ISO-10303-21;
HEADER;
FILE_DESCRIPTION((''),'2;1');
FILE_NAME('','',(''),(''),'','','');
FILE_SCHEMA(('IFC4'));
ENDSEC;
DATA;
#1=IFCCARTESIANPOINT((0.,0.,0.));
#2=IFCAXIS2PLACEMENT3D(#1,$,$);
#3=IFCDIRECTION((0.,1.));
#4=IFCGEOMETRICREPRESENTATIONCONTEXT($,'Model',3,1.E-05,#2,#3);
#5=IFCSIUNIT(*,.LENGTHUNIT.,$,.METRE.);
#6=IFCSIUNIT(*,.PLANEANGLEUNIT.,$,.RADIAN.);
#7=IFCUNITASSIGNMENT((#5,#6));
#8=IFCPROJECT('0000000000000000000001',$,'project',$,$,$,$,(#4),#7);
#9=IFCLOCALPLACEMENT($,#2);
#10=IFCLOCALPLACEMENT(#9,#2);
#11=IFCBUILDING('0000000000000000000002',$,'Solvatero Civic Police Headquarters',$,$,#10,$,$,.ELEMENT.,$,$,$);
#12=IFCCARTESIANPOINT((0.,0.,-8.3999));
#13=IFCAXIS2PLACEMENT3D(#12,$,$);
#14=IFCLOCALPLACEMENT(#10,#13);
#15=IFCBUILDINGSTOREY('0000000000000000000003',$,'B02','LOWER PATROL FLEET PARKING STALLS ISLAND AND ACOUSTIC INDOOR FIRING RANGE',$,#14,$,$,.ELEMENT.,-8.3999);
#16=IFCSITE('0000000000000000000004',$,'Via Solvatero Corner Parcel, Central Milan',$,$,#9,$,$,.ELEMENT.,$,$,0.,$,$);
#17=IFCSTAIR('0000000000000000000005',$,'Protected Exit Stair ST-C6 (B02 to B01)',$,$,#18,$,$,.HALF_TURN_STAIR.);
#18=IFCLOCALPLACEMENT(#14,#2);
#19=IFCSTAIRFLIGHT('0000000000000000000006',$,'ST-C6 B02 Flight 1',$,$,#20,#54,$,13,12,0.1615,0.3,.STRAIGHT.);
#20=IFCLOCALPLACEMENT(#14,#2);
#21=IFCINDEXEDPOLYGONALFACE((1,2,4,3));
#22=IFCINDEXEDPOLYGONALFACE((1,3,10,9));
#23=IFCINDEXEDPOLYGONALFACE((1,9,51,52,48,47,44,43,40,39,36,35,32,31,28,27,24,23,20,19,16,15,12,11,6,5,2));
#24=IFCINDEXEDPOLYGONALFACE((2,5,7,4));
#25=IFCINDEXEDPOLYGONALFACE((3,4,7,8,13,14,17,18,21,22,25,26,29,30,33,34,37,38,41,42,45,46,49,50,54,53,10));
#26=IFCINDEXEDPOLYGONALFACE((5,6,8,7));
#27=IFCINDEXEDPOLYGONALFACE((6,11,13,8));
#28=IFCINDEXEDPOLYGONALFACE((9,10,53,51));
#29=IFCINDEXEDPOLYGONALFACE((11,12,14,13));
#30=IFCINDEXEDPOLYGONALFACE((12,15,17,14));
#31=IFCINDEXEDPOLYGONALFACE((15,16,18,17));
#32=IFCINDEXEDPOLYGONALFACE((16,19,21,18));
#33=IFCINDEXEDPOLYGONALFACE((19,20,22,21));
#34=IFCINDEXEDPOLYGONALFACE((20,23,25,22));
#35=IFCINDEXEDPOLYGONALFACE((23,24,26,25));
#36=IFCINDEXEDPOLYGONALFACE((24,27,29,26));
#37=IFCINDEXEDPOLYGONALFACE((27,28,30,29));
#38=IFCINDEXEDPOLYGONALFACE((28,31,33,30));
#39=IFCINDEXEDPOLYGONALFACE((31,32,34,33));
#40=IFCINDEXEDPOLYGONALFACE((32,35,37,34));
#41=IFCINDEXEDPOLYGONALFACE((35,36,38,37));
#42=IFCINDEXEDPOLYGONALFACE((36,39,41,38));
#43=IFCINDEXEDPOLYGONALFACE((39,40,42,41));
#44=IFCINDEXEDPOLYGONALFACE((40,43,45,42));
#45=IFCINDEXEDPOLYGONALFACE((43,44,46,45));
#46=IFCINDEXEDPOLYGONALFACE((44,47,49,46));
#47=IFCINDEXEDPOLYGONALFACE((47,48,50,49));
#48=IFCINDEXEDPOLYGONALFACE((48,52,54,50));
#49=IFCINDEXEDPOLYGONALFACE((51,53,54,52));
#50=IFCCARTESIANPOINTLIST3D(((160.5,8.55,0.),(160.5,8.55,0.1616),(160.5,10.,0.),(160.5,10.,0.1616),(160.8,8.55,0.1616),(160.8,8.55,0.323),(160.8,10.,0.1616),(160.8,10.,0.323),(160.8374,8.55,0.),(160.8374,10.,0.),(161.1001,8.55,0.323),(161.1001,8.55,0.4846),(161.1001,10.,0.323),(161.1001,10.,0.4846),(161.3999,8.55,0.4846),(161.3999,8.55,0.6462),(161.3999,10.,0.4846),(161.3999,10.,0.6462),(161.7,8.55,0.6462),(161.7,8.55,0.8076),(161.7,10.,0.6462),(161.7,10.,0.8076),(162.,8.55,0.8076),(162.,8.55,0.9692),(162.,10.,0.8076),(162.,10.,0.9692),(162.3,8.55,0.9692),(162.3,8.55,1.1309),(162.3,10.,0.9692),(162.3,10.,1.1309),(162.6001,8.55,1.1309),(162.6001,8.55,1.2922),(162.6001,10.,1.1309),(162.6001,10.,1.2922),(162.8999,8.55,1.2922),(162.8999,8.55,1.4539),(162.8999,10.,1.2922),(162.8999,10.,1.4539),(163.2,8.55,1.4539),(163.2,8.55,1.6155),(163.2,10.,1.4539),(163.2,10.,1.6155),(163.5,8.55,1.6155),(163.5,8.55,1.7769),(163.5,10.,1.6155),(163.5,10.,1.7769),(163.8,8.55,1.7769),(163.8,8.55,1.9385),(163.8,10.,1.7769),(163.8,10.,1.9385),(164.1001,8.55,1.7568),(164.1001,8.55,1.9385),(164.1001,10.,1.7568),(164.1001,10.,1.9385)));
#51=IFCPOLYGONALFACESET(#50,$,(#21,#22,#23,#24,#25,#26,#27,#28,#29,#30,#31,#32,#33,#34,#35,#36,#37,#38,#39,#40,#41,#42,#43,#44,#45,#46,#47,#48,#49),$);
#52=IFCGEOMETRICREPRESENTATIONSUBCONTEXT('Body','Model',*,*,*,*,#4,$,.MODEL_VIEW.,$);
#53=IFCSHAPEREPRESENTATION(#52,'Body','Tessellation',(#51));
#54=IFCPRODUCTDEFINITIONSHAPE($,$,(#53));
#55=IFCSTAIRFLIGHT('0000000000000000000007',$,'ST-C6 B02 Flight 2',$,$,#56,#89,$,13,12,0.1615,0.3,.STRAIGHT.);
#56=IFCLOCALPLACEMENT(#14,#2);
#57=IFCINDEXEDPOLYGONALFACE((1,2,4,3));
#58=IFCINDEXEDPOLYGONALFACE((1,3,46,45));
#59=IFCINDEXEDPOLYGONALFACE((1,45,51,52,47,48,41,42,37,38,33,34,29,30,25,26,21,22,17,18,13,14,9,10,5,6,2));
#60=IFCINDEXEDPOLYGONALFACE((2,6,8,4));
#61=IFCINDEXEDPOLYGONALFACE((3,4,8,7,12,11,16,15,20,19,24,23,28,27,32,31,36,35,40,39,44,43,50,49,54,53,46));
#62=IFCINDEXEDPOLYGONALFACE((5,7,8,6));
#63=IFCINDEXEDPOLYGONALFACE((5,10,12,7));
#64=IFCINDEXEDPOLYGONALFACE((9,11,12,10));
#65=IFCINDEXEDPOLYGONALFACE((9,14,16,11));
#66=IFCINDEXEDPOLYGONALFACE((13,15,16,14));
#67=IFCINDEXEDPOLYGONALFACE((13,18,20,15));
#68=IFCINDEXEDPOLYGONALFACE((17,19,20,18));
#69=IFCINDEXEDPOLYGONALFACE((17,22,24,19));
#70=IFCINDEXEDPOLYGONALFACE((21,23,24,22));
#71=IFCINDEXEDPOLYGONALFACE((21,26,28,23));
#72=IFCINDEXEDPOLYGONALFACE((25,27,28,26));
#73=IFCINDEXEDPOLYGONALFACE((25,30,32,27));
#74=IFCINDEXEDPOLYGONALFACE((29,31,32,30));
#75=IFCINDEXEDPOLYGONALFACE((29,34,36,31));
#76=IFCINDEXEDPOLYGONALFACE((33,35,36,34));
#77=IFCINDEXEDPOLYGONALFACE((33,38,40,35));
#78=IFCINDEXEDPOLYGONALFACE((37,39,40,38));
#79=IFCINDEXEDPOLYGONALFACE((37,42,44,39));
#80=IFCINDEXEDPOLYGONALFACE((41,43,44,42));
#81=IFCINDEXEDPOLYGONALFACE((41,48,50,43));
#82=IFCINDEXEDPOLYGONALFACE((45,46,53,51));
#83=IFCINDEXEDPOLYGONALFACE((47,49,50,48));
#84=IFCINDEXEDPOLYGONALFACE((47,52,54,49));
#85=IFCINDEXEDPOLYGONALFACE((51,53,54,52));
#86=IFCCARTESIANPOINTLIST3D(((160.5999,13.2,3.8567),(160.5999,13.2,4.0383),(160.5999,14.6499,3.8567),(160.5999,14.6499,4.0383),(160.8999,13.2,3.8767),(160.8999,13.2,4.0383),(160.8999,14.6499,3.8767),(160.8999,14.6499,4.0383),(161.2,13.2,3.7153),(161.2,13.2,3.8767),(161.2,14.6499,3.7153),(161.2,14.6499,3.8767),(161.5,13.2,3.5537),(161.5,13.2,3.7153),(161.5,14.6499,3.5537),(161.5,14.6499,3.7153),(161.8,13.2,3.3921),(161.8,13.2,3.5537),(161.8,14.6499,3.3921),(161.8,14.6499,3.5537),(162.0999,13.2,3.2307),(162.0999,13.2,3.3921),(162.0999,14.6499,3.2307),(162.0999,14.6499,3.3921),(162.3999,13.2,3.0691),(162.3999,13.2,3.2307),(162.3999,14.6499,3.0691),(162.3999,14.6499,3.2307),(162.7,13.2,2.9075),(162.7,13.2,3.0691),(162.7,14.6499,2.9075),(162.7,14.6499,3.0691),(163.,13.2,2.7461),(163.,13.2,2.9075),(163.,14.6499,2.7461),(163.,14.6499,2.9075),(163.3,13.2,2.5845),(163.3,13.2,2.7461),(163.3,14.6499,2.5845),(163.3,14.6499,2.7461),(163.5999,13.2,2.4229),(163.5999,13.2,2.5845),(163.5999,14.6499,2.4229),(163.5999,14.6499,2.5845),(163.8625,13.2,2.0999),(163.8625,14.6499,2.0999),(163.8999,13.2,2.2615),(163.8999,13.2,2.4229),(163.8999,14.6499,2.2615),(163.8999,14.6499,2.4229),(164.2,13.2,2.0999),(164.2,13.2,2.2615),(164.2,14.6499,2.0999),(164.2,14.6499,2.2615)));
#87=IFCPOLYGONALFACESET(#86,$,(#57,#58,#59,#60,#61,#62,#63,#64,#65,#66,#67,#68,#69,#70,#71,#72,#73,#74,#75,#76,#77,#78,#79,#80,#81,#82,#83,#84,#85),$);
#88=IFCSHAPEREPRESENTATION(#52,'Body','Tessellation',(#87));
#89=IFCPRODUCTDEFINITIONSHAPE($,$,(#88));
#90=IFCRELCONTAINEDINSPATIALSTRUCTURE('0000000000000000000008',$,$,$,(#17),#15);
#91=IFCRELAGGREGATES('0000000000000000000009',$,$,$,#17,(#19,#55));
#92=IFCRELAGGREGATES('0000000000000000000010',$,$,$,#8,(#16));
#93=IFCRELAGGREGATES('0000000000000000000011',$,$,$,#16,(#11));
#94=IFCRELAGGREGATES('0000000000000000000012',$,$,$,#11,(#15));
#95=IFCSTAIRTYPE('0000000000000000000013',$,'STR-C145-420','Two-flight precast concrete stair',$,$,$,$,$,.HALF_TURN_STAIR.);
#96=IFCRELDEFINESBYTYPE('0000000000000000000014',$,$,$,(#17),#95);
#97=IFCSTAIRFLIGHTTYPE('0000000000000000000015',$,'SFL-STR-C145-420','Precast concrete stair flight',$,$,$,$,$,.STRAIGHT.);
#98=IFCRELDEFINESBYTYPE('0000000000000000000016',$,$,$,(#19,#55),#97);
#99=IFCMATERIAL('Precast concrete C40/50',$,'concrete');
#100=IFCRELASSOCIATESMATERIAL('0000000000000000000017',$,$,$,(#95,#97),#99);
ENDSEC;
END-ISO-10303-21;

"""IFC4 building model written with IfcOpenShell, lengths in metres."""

from ifc_helpers import new_model, si_unit, direction, frame, origin, place, context, subcontext, project, spatial, polyline, outline, extrude, material, type_object, element, aggregate, save


model = new_model("IFC4")

# Units and contexts
model_context = context("Model", 3, precision=1e-05, world=origin(), true_north=direction((0.0, 1.0)))
body_context = subcontext(model_context, "Body", "Model", "MODEL_VIEW")
ifc_project = project(units=[si_unit("LENGTHUNIT", "METRE"), si_unit("PLANEANGLEUNIT", "RADIAN")], contexts=[model_context])

# Site, building, storey
site_placement = place(None, origin())
site = spatial("IfcSite", under=ifc_project, at=site_placement, Name="Via Solvatero Corner Parcel, Central Milan", CompositionType="ELEMENT", RefElevation=0.0)
building_placement = place(site_placement, origin())
building = spatial("IfcBuilding", under=site, at=building_placement, Name="Solvatero Civic Police Headquarters", CompositionType="ELEMENT")
storey_placement = place(building_placement, frame((0.0, 0.0, -8.3999)))
storey = spatial("IfcBuildingStorey", under=building, at=storey_placement, Name="B02", Description="LOWER PATROL FLEET PARKING STALLS ISLAND AND ACOUSTIC INDOOR FIRING RANGE", CompositionType="ELEMENT", Elevation=-8.3999)

# Stair, stair flights
ifc_material_1 = material(Name="Precast concrete C40/50", Category="concrete")
stair_type = type_object("IfcStairType", Name="STR-C145-420", Description="Two-flight precast concrete stair", PredefinedType="HALF_TURN_STAIR", material=ifc_material_1)
stair_placement = place(storey_placement, origin())
stair = element("IfcStair", 1, at=stair_placement, inside=storey, type_object=stair_type, Name="Protected Exit Stair ST-C6 (B02 to B01)", PredefinedType="HALF_TURN_STAIR")
stair_flight_type = type_object("IfcStairFlightType", Name="SFL-STR-C145-420", Description="Precast concrete stair flight", PredefinedType="STRAIGHT", material=ifc_material_1)
stair_flight_1_placement = place(storey_placement, frame((160.5, 9.2749, 0.0), z_axis=(0.0, 0.0, 1.0), x_axis=(1.0, 0.0, 0.0)))
stair_flight_1 = element("IfcStairFlight", 2, at=stair_flight_1_placement, type_object=stair_flight_type, Name="ST-C6 B02 Flight 1", NumberOfRisers=13, NumberOfTreads=12, PredefinedType="STRAIGHT", RiserHeight=0.1615, TreadLength=0.3, context=body_context, shape_type="SweptSolid", body=[
    extrude(outline(polyline([(0.0, 0.0), (0.0, 0.1616), (0.3, 0.1616), (0.3, 0.323), (0.6001, 0.323), (0.6001, 0.4846), (0.8999, 0.4846), (0.8999, 0.6462), (1.2, 0.6462), (1.2, 0.8076), (1.5, 0.8076), (1.5, 0.9692), (1.8, 0.9692), (1.8, 1.1309), (2.1001, 1.1309), (2.1001, 1.2922), (2.3999, 1.2922), (2.3999, 1.4539), (2.7, 1.4539), (2.7, 1.6155), (3.0, 1.6155), (3.0, 1.7769), (3.3, 1.7769), (3.3, 1.9385), (3.6001, 1.9385), (3.6001, 2.1001), (3.6001, 1.7568), (0.3374, 0.0), (0.0, 0.0)])), frame((0.0, 0.7251, 0.0), z_axis=(0.0, -1.0, 0.0), x_axis=(1.0, 0.0, 0.0)), (0.0, 0.0, 1.0), 1.45),
])
stair_flight_2_placement = place(storey_placement, frame((164.2, 13.925, 2.0999), z_axis=(0.0, 0.0, 1.0), x_axis=(-1.0, 0.0, 0.0)))
stair_flight_2 = element("IfcStairFlight", 3, at=stair_flight_2_placement, type_object=stair_flight_type, Name="ST-C6 B02 Flight 2", NumberOfRisers=13, NumberOfTreads=12, PredefinedType="STRAIGHT", RiserHeight=0.1615, TreadLength=0.3, context=body_context, shape_type="SweptSolid", body=[
    extrude(outline(polyline([(0.0, 0.0), (0.0, 0.1616), (0.3, 0.1616), (0.3, 0.323), (0.6001, 0.323), (0.6001, 0.4846), (0.8999, 0.4846), (0.8999, 0.6462), (1.2, 0.6462), (1.2, 0.8076), (1.5, 0.8076), (1.5, 0.9692), (1.8, 0.9692), (1.8, 1.1309), (2.1001, 1.1309), (2.1001, 1.2922), (2.3999, 1.2922), (2.3999, 1.4539), (2.7, 1.4539), (2.7, 1.6155), (3.0, 1.6155), (3.0, 1.7769), (3.3, 1.7769), (3.3, 1.9385), (3.6001, 1.9385), (3.6001, 2.1001), (3.6001, 1.7568), (0.3374, 0.0), (0.0, 0.0)])), frame((0.0, 0.7251, 0.0), z_axis=(0.0, -1.0, 0.0), x_axis=(1.0, 0.0, 0.0)), (0.0, 0.0, 1.0), 1.45),
])
aggregate(stair, [stair_flight_1, stair_flight_2])

save(model, "model.ifc")
